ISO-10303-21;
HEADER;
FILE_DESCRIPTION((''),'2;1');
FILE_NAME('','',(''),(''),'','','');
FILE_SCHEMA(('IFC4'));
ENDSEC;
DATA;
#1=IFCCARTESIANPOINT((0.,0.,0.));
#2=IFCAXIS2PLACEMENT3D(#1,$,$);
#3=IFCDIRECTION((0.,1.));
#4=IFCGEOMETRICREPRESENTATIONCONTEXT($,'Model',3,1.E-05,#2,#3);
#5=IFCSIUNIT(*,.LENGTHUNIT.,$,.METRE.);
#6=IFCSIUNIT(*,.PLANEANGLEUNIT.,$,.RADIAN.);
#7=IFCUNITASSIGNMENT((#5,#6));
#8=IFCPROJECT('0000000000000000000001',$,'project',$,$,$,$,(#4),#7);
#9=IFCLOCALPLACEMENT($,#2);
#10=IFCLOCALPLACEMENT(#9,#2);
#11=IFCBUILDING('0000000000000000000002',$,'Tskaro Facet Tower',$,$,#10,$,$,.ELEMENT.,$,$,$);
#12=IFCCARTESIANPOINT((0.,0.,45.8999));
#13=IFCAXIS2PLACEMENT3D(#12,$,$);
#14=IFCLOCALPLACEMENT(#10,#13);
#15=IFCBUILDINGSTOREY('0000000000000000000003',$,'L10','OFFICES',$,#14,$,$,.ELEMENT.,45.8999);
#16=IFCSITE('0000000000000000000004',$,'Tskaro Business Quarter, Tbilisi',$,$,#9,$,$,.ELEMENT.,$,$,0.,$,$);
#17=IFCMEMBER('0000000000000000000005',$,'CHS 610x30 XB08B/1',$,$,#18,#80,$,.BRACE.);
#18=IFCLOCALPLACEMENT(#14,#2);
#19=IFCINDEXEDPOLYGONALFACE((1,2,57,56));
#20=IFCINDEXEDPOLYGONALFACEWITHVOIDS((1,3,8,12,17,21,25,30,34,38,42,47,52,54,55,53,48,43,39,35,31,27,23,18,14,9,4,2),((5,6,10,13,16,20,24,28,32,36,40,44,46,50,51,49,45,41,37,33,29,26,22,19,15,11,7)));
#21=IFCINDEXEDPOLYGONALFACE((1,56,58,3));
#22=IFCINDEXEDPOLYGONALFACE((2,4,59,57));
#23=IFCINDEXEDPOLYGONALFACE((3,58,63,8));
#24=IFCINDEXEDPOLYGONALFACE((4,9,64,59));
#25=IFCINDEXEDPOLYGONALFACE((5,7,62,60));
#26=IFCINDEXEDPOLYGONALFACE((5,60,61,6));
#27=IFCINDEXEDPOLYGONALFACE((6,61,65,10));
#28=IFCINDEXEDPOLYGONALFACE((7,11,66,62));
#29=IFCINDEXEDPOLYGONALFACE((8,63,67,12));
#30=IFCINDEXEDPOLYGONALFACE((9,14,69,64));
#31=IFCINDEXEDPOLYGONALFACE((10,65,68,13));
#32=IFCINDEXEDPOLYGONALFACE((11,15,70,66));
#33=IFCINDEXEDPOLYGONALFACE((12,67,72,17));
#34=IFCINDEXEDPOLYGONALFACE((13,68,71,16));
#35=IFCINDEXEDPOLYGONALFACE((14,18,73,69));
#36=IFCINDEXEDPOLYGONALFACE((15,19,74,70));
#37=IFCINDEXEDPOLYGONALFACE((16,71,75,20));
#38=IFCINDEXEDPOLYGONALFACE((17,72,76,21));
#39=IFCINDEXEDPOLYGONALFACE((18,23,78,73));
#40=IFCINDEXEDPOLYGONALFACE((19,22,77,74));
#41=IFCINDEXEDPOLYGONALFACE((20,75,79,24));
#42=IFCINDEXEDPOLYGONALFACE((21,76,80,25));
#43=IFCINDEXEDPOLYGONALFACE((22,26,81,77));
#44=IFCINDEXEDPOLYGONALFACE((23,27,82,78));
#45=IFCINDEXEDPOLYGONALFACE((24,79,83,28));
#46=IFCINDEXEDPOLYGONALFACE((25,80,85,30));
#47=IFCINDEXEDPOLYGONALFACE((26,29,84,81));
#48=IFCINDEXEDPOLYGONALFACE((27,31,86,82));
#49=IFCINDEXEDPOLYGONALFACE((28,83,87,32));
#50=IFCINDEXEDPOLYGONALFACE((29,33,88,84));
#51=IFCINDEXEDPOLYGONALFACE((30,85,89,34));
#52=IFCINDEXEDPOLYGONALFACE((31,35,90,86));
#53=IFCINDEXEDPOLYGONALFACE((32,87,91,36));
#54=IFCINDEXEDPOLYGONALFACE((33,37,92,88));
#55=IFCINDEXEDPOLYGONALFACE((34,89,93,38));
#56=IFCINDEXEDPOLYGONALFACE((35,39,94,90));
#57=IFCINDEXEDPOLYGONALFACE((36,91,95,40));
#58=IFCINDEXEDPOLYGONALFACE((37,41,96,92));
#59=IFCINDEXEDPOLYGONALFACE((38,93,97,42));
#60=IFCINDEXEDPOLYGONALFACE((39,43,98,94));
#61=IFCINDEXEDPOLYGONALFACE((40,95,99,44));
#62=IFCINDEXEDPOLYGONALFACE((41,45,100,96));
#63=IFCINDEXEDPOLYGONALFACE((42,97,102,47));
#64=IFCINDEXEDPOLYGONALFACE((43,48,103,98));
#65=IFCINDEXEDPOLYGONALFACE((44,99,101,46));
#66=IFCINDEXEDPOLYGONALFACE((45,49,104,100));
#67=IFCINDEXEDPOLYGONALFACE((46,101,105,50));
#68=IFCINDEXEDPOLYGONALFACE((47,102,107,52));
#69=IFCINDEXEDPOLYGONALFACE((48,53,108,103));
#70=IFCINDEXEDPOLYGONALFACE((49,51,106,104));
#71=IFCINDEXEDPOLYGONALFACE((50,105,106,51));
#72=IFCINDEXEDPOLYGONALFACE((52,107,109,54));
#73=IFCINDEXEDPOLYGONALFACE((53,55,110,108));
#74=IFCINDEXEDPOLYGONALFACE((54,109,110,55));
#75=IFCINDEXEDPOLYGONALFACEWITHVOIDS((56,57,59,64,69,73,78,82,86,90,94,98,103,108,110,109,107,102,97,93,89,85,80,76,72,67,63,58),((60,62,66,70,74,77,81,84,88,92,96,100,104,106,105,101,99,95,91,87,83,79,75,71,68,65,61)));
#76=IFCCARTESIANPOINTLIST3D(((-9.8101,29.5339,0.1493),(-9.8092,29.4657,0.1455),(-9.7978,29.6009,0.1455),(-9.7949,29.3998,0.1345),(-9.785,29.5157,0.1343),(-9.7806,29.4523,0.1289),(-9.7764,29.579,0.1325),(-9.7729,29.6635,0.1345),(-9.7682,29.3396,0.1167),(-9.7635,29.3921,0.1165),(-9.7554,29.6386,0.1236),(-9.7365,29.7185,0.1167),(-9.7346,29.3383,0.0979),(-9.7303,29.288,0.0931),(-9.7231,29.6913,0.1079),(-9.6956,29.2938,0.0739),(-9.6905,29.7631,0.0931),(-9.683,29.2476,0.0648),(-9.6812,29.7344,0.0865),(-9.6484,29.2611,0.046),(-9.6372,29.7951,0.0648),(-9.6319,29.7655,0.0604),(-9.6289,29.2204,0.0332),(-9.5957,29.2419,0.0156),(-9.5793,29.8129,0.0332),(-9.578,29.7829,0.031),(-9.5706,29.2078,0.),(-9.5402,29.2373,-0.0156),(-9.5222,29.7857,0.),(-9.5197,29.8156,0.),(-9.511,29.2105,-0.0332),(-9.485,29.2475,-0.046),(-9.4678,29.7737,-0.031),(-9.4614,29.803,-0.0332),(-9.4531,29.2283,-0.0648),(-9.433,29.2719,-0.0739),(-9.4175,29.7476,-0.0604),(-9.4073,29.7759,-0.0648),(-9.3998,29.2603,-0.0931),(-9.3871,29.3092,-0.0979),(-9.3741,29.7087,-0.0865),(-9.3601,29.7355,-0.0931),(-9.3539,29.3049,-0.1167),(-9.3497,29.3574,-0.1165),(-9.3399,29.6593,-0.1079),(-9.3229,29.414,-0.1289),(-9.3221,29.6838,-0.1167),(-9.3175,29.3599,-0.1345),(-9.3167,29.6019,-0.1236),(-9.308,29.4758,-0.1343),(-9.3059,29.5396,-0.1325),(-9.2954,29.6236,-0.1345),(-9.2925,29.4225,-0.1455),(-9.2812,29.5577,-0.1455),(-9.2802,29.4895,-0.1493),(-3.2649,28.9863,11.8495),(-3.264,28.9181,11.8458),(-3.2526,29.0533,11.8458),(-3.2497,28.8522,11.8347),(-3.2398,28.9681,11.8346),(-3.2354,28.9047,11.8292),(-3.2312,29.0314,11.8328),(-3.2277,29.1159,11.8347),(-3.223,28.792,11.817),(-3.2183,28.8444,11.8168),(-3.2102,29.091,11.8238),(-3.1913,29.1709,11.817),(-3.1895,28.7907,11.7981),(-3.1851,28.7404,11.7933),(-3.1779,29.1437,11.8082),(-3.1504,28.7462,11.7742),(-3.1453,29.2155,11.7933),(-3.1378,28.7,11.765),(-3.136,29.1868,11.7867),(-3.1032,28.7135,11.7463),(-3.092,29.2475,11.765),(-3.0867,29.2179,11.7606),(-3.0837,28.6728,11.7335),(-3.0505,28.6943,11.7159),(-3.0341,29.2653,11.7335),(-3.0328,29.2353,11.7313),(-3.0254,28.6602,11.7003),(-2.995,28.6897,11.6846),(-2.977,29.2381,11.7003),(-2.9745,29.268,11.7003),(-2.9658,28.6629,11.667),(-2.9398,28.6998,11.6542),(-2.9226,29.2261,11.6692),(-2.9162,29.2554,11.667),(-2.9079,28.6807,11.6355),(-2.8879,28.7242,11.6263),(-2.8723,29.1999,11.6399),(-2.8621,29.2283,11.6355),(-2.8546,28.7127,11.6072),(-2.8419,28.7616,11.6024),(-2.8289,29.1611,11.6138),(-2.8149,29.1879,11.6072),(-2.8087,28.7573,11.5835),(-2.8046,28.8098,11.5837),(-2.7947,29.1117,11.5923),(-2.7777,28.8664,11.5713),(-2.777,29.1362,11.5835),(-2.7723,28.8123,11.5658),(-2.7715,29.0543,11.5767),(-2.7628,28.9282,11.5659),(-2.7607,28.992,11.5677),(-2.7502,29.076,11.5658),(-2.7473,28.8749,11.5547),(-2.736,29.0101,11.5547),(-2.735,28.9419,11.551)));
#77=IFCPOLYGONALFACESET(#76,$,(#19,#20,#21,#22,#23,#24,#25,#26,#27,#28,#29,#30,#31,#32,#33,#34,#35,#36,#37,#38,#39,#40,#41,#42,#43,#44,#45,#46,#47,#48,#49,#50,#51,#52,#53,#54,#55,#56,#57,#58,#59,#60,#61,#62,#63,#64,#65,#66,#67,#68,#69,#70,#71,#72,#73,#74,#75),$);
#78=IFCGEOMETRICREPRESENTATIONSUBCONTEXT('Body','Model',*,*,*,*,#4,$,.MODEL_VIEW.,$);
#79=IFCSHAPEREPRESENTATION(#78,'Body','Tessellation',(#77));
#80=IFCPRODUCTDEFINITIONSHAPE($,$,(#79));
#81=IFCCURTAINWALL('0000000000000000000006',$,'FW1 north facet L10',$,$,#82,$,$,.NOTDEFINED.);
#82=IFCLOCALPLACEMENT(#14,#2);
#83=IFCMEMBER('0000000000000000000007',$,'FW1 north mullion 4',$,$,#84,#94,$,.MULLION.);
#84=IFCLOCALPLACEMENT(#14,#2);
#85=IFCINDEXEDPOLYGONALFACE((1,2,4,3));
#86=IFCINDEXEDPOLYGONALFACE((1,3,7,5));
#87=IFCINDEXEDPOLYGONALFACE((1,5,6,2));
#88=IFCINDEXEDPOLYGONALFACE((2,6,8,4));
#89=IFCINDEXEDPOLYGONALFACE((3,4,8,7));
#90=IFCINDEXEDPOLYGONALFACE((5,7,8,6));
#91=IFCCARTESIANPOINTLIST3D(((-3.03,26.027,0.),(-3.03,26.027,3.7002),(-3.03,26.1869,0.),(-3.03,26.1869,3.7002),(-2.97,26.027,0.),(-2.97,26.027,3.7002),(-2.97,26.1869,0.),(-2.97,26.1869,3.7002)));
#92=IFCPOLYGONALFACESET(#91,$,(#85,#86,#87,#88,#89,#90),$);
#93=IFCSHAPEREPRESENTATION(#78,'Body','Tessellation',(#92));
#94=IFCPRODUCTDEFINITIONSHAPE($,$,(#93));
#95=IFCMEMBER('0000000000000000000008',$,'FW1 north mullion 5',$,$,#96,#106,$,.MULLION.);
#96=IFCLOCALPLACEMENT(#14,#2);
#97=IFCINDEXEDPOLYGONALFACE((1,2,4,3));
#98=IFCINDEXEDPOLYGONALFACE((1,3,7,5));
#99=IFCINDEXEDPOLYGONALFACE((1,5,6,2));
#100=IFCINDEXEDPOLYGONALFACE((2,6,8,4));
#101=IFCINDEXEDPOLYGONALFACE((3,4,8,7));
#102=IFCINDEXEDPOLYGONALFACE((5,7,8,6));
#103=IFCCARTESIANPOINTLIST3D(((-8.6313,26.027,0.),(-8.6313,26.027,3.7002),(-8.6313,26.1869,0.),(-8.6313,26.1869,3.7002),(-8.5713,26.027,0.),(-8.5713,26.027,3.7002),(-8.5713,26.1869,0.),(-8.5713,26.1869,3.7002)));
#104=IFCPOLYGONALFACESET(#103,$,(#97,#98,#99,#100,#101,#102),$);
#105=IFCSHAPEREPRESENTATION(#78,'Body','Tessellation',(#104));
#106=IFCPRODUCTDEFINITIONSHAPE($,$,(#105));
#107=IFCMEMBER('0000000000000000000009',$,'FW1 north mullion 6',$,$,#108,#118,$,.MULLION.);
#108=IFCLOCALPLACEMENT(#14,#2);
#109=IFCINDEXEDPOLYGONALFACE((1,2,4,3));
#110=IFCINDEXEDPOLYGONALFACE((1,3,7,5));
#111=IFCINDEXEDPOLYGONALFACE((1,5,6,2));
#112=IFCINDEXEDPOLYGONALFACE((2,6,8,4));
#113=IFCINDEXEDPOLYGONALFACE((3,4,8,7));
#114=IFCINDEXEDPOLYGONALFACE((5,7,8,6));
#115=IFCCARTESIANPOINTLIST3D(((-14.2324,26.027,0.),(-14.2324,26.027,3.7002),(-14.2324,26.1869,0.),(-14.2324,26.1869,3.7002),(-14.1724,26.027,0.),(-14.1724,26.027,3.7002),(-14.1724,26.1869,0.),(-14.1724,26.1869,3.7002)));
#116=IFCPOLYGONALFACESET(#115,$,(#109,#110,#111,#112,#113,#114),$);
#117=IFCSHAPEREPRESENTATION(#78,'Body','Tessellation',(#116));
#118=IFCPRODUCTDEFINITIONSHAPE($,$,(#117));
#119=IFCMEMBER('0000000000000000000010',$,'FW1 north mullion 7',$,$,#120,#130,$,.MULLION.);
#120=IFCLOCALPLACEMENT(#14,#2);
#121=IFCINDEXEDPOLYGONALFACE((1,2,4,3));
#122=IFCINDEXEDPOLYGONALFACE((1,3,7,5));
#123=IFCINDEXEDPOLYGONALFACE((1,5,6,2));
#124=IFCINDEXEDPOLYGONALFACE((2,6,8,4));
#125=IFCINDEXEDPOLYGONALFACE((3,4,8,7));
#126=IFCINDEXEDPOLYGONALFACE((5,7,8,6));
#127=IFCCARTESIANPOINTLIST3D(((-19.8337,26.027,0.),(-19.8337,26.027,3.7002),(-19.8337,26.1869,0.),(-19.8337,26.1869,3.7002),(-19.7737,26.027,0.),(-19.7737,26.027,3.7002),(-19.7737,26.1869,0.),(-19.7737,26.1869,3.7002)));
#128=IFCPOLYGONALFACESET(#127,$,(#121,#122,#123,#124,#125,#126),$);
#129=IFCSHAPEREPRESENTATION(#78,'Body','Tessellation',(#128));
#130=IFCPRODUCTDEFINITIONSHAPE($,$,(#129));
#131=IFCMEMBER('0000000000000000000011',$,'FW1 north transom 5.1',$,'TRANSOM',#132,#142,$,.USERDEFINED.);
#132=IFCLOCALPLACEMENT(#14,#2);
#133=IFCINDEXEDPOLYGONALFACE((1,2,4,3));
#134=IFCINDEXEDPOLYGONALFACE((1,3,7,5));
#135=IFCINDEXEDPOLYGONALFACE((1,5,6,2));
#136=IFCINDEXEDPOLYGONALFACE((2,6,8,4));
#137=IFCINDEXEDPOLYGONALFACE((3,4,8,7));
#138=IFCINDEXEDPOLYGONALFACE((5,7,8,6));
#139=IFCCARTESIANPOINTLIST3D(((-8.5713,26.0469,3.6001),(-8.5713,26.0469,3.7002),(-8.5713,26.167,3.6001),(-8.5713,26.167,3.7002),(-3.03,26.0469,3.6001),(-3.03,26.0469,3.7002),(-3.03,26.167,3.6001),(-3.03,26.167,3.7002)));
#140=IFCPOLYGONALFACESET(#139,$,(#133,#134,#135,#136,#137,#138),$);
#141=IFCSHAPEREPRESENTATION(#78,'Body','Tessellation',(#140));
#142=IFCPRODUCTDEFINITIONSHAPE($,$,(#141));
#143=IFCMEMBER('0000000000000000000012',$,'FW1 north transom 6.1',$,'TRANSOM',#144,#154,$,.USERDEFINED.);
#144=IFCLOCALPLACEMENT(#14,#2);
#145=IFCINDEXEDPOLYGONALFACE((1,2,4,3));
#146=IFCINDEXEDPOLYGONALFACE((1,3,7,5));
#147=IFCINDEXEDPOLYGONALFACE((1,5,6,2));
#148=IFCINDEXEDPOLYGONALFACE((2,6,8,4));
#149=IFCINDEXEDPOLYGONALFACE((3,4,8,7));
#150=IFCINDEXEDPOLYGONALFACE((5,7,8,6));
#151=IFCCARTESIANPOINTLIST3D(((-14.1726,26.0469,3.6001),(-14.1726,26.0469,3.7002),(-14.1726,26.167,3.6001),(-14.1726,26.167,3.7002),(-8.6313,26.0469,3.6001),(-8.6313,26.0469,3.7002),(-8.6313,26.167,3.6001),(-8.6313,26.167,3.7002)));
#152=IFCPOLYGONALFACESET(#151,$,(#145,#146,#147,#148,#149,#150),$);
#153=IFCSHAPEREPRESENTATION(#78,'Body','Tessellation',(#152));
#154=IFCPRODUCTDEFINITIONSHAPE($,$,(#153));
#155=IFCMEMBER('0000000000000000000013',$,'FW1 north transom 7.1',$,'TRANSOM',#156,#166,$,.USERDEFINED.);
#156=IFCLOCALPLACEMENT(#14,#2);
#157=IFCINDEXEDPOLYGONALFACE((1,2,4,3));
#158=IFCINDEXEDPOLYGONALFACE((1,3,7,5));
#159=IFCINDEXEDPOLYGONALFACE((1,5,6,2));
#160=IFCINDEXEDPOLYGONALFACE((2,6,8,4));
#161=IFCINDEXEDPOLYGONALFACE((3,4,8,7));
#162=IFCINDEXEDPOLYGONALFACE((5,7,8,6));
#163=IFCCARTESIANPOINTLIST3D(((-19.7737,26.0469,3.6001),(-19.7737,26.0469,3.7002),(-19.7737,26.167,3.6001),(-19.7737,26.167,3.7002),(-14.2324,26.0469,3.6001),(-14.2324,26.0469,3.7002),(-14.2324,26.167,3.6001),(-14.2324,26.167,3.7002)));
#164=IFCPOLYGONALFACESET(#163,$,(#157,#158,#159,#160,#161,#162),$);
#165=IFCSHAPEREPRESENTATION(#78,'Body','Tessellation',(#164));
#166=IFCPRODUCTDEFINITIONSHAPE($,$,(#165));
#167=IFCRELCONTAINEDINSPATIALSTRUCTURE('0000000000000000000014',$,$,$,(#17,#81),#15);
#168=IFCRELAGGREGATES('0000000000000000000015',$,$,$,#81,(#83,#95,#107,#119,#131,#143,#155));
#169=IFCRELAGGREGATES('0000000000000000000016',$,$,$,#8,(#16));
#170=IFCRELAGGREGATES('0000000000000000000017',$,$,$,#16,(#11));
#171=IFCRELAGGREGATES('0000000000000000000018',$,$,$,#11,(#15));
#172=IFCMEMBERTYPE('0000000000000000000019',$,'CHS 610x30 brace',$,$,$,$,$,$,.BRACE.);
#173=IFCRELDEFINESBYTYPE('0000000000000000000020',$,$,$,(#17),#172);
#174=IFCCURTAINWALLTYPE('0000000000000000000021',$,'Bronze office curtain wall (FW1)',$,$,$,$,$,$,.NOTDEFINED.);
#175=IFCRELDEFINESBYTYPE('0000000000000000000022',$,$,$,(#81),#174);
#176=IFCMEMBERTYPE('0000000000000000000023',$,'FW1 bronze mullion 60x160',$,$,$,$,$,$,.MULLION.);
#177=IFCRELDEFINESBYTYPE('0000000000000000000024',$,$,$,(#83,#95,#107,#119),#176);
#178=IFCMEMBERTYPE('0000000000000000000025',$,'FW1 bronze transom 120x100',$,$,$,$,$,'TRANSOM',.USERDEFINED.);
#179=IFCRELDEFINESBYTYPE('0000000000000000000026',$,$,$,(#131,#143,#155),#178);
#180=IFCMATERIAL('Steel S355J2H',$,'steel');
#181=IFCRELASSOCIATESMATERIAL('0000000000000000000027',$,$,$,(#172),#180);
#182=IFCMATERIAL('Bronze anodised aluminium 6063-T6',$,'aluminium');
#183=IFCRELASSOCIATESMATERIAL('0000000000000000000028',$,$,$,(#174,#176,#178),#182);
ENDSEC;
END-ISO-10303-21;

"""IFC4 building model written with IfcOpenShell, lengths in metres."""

from ifc_helpers import new_model, si_unit, direction, frame, origin, origin_2d, place, context, subcontext, project, spatial, rectangle, hollow_circle, extrude, material, material_profile, profile_set, type_object, element, aggregate, save


model = new_model("IFC4")

# Units and contexts
model_context = context("Model", 3, precision=1e-05, world=origin(), true_north=direction((0.0, 1.0)))
body_context = subcontext(model_context, "Body", "Model", "MODEL_VIEW")
ifc_project = project(units=[si_unit("LENGTHUNIT", "METRE"), si_unit("PLANEANGLEUNIT", "RADIAN")], contexts=[model_context])

# Site, building, storey
site_placement = place(None, origin())
site = spatial("IfcSite", under=ifc_project, at=site_placement, Name="Tskaro Business Quarter, Tbilisi", CompositionType="ELEMENT", RefElevation=0.0)
building_placement = place(site_placement, origin())
building = spatial("IfcBuilding", under=site, at=building_placement, Name="Tskaro Facet Tower", CompositionType="ELEMENT")
storey_placement = place(building_placement, frame((0.0, 0.0, 45.8999)))
storey = spatial("IfcBuildingStorey", under=building, at=storey_placement, Name="L10", Description="OFFICES", CompositionType="ELEMENT", Elevation=45.8999)

# Shared definitions
ifc_material_1 = material(Name="Steel S355J2H", Category="steel")

# Member
ifc_material_profile_1 = material_profile(ifc_material_1, hollow_circle(Radius=0.3049, WallThickness=0.03, at=origin_2d()), Name="CHS 610x30")
ifc_profile_set_1 = profile_set([ifc_material_profile_1], Name="Steel S355J2H")
member_type_1 = type_object("IfcMemberType", Name="CHS 610x30 brace", PredefinedType="BRACE", material=ifc_profile_set_1)
member_1_placement = place(storey_placement, frame((-9.5452, 29.5117, 0.0), z_axis=(0.487802, -0.040812, 0.872), x_axis=(0.083375, 0.996518, 0.0)))
element("IfcMember", 1, at=member_1_placement, inside=storey, type_object=member_type_1, Name="CHS 610x30 XB08B/1", PredefinedType="BRACE", context=body_context, shape_type="SweptSolid", body=[
    extrude(hollow_circle(Radius=0.3049, WallThickness=0.03, at=origin_2d()), origin(), (0.0, 0.0, 1.0), 13.4177),
])

# Curtain wall, members
ifc_material_2 = material(Name="Bronze anodised aluminium 6063-T6", Category="aluminium")
curtain_wall_type = type_object("IfcCurtainWallType", Name="Bronze office curtain wall (FW1)", PredefinedType="NOTDEFINED", material=ifc_material_2)
curtain_wall_placement = place(storey_placement, origin())
curtain_wall = element("IfcCurtainWall", 2, at=curtain_wall_placement, inside=storey, type_object=curtain_wall_type, Name="FW1 north facet L10", PredefinedType="NOTDEFINED")
ifc_material_profile_2 = material_profile(ifc_material_2, rectangle(XDim=0.0601, YDim=0.1599, at=origin_2d()), Name="Mullion 60x160")
ifc_profile_set_2 = profile_set([ifc_material_profile_2], Name="Bronze anodised aluminium 6063-T6")
member_type_2 = type_object("IfcMemberType", Name="FW1 bronze mullion 60x160", PredefinedType="MULLION", material=ifc_profile_set_2)
member_2_placement = place(storey_placement, frame((-3.0, 26.1069, 0.0), z_axis=(0.0, 0.0, 1.0), x_axis=(-1.0, 0.0, 0.0)))
member_2 = element("IfcMember", 3, at=member_2_placement, type_object=member_type_2, Name="FW1 north mullion 4", PredefinedType="MULLION", context=body_context, shape_type="SweptSolid", body=[
    extrude(rectangle(XDim=0.0601, YDim=0.1599, at=origin_2d()), origin(), (0.0, 0.0, 1.0), 3.7002),
])
member_3_placement = place(storey_placement, frame((-8.6013, 26.1069, 0.0), z_axis=(0.0, 0.0, 1.0), x_axis=(-1.0, 0.0, 0.0)))
member_3 = element("IfcMember", 4, at=member_3_placement, type_object=member_type_2, Name="FW1 north mullion 5", PredefinedType="MULLION", context=body_context, shape_type="SweptSolid", body=[
    extrude(rectangle(XDim=0.0601, YDim=0.1599, at=origin_2d()), origin(), (0.0, 0.0, 1.0), 3.7002),
])
member_4_placement = place(storey_placement, frame((-14.2024, 26.1069, 0.0), z_axis=(0.0, 0.0, 1.0), x_axis=(-1.0, 0.0, 0.0)))
member_4 = element("IfcMember", 5, at=member_4_placement, type_object=member_type_2, Name="FW1 north mullion 6", PredefinedType="MULLION", context=body_context, shape_type="SweptSolid", body=[
    extrude(rectangle(XDim=0.0601, YDim=0.1599, at=origin_2d()), origin(), (0.0, 0.0, 1.0), 3.7002),
])
member_5_placement = place(storey_placement, frame((-19.8037, 26.1069, 0.0), z_axis=(0.0, 0.0, 1.0), x_axis=(-1.0, 0.0, 0.0)))
member_5 = element("IfcMember", 6, at=member_5_placement, type_object=member_type_2, Name="FW1 north mullion 7", PredefinedType="MULLION", context=body_context, shape_type="SweptSolid", body=[
    extrude(rectangle(XDim=0.0601, YDim=0.1599, at=origin_2d()), origin(), (0.0, 0.0, 1.0), 3.7002),
])
ifc_material_profile_3 = material_profile(ifc_material_2, rectangle(XDim=0.1201, YDim=0.1001, at=origin_2d()), Name="Transom 120x100")
ifc_profile_set_3 = profile_set([ifc_material_profile_3], Name="Bronze anodised aluminium 6063-T6")
member_type_3 = type_object("IfcMemberType", Name="FW1 bronze transom 120x100", ElementType="TRANSOM", PredefinedType="USERDEFINED", material=ifc_profile_set_3)
member_6_placement = place(storey_placement, frame((-3.03, 26.1069, 3.6501), z_axis=(-1.0, 0.0, 0.0), x_axis=(0.0, -1.0, 0.0)))
member_6 = element("IfcMember", 7, at=member_6_placement, type_object=member_type_3, Name="FW1 north transom 5.1", ObjectType="TRANSOM", PredefinedType="USERDEFINED", context=body_context, shape_type="SweptSolid", body=[
    extrude(rectangle(XDim=0.1201, YDim=0.1001, at=origin_2d()), origin(), (0.0, 0.0, 1.0), 5.5413),
])
member_7_placement = place(storey_placement, frame((-8.6313, 26.1069, 3.6501), z_axis=(-1.0, 0.0, 0.0), x_axis=(0.0, -1.0, 0.0)))
member_7 = element("IfcMember", 8, at=member_7_placement, type_object=member_type_3, Name="FW1 north transom 6.1", ObjectType="TRANSOM", PredefinedType="USERDEFINED", context=body_context, shape_type="SweptSolid", body=[
    extrude(rectangle(XDim=0.1201, YDim=0.1001, at=origin_2d()), origin(), (0.0, 0.0, 1.0), 5.5413),
])
member_8_placement = place(storey_placement, frame((-14.2324, 26.1069, 3.6501), z_axis=(-1.0, 0.0, 0.0), x_axis=(0.0, -1.0, 0.0)))
member_8 = element("IfcMember", 9, at=member_8_placement, type_object=member_type_3, Name="FW1 north transom 7.1", ObjectType="TRANSOM", PredefinedType="USERDEFINED", context=body_context, shape_type="SweptSolid", body=[
    extrude(rectangle(XDim=0.1201, YDim=0.1001, at=origin_2d()), origin(), (0.0, 0.0, 1.0), 5.5413),
])

aggregate(curtain_wall, [member_2, member_3, member_4, member_5, member_6, member_7, member_8])

save(model, "model.ifc")
